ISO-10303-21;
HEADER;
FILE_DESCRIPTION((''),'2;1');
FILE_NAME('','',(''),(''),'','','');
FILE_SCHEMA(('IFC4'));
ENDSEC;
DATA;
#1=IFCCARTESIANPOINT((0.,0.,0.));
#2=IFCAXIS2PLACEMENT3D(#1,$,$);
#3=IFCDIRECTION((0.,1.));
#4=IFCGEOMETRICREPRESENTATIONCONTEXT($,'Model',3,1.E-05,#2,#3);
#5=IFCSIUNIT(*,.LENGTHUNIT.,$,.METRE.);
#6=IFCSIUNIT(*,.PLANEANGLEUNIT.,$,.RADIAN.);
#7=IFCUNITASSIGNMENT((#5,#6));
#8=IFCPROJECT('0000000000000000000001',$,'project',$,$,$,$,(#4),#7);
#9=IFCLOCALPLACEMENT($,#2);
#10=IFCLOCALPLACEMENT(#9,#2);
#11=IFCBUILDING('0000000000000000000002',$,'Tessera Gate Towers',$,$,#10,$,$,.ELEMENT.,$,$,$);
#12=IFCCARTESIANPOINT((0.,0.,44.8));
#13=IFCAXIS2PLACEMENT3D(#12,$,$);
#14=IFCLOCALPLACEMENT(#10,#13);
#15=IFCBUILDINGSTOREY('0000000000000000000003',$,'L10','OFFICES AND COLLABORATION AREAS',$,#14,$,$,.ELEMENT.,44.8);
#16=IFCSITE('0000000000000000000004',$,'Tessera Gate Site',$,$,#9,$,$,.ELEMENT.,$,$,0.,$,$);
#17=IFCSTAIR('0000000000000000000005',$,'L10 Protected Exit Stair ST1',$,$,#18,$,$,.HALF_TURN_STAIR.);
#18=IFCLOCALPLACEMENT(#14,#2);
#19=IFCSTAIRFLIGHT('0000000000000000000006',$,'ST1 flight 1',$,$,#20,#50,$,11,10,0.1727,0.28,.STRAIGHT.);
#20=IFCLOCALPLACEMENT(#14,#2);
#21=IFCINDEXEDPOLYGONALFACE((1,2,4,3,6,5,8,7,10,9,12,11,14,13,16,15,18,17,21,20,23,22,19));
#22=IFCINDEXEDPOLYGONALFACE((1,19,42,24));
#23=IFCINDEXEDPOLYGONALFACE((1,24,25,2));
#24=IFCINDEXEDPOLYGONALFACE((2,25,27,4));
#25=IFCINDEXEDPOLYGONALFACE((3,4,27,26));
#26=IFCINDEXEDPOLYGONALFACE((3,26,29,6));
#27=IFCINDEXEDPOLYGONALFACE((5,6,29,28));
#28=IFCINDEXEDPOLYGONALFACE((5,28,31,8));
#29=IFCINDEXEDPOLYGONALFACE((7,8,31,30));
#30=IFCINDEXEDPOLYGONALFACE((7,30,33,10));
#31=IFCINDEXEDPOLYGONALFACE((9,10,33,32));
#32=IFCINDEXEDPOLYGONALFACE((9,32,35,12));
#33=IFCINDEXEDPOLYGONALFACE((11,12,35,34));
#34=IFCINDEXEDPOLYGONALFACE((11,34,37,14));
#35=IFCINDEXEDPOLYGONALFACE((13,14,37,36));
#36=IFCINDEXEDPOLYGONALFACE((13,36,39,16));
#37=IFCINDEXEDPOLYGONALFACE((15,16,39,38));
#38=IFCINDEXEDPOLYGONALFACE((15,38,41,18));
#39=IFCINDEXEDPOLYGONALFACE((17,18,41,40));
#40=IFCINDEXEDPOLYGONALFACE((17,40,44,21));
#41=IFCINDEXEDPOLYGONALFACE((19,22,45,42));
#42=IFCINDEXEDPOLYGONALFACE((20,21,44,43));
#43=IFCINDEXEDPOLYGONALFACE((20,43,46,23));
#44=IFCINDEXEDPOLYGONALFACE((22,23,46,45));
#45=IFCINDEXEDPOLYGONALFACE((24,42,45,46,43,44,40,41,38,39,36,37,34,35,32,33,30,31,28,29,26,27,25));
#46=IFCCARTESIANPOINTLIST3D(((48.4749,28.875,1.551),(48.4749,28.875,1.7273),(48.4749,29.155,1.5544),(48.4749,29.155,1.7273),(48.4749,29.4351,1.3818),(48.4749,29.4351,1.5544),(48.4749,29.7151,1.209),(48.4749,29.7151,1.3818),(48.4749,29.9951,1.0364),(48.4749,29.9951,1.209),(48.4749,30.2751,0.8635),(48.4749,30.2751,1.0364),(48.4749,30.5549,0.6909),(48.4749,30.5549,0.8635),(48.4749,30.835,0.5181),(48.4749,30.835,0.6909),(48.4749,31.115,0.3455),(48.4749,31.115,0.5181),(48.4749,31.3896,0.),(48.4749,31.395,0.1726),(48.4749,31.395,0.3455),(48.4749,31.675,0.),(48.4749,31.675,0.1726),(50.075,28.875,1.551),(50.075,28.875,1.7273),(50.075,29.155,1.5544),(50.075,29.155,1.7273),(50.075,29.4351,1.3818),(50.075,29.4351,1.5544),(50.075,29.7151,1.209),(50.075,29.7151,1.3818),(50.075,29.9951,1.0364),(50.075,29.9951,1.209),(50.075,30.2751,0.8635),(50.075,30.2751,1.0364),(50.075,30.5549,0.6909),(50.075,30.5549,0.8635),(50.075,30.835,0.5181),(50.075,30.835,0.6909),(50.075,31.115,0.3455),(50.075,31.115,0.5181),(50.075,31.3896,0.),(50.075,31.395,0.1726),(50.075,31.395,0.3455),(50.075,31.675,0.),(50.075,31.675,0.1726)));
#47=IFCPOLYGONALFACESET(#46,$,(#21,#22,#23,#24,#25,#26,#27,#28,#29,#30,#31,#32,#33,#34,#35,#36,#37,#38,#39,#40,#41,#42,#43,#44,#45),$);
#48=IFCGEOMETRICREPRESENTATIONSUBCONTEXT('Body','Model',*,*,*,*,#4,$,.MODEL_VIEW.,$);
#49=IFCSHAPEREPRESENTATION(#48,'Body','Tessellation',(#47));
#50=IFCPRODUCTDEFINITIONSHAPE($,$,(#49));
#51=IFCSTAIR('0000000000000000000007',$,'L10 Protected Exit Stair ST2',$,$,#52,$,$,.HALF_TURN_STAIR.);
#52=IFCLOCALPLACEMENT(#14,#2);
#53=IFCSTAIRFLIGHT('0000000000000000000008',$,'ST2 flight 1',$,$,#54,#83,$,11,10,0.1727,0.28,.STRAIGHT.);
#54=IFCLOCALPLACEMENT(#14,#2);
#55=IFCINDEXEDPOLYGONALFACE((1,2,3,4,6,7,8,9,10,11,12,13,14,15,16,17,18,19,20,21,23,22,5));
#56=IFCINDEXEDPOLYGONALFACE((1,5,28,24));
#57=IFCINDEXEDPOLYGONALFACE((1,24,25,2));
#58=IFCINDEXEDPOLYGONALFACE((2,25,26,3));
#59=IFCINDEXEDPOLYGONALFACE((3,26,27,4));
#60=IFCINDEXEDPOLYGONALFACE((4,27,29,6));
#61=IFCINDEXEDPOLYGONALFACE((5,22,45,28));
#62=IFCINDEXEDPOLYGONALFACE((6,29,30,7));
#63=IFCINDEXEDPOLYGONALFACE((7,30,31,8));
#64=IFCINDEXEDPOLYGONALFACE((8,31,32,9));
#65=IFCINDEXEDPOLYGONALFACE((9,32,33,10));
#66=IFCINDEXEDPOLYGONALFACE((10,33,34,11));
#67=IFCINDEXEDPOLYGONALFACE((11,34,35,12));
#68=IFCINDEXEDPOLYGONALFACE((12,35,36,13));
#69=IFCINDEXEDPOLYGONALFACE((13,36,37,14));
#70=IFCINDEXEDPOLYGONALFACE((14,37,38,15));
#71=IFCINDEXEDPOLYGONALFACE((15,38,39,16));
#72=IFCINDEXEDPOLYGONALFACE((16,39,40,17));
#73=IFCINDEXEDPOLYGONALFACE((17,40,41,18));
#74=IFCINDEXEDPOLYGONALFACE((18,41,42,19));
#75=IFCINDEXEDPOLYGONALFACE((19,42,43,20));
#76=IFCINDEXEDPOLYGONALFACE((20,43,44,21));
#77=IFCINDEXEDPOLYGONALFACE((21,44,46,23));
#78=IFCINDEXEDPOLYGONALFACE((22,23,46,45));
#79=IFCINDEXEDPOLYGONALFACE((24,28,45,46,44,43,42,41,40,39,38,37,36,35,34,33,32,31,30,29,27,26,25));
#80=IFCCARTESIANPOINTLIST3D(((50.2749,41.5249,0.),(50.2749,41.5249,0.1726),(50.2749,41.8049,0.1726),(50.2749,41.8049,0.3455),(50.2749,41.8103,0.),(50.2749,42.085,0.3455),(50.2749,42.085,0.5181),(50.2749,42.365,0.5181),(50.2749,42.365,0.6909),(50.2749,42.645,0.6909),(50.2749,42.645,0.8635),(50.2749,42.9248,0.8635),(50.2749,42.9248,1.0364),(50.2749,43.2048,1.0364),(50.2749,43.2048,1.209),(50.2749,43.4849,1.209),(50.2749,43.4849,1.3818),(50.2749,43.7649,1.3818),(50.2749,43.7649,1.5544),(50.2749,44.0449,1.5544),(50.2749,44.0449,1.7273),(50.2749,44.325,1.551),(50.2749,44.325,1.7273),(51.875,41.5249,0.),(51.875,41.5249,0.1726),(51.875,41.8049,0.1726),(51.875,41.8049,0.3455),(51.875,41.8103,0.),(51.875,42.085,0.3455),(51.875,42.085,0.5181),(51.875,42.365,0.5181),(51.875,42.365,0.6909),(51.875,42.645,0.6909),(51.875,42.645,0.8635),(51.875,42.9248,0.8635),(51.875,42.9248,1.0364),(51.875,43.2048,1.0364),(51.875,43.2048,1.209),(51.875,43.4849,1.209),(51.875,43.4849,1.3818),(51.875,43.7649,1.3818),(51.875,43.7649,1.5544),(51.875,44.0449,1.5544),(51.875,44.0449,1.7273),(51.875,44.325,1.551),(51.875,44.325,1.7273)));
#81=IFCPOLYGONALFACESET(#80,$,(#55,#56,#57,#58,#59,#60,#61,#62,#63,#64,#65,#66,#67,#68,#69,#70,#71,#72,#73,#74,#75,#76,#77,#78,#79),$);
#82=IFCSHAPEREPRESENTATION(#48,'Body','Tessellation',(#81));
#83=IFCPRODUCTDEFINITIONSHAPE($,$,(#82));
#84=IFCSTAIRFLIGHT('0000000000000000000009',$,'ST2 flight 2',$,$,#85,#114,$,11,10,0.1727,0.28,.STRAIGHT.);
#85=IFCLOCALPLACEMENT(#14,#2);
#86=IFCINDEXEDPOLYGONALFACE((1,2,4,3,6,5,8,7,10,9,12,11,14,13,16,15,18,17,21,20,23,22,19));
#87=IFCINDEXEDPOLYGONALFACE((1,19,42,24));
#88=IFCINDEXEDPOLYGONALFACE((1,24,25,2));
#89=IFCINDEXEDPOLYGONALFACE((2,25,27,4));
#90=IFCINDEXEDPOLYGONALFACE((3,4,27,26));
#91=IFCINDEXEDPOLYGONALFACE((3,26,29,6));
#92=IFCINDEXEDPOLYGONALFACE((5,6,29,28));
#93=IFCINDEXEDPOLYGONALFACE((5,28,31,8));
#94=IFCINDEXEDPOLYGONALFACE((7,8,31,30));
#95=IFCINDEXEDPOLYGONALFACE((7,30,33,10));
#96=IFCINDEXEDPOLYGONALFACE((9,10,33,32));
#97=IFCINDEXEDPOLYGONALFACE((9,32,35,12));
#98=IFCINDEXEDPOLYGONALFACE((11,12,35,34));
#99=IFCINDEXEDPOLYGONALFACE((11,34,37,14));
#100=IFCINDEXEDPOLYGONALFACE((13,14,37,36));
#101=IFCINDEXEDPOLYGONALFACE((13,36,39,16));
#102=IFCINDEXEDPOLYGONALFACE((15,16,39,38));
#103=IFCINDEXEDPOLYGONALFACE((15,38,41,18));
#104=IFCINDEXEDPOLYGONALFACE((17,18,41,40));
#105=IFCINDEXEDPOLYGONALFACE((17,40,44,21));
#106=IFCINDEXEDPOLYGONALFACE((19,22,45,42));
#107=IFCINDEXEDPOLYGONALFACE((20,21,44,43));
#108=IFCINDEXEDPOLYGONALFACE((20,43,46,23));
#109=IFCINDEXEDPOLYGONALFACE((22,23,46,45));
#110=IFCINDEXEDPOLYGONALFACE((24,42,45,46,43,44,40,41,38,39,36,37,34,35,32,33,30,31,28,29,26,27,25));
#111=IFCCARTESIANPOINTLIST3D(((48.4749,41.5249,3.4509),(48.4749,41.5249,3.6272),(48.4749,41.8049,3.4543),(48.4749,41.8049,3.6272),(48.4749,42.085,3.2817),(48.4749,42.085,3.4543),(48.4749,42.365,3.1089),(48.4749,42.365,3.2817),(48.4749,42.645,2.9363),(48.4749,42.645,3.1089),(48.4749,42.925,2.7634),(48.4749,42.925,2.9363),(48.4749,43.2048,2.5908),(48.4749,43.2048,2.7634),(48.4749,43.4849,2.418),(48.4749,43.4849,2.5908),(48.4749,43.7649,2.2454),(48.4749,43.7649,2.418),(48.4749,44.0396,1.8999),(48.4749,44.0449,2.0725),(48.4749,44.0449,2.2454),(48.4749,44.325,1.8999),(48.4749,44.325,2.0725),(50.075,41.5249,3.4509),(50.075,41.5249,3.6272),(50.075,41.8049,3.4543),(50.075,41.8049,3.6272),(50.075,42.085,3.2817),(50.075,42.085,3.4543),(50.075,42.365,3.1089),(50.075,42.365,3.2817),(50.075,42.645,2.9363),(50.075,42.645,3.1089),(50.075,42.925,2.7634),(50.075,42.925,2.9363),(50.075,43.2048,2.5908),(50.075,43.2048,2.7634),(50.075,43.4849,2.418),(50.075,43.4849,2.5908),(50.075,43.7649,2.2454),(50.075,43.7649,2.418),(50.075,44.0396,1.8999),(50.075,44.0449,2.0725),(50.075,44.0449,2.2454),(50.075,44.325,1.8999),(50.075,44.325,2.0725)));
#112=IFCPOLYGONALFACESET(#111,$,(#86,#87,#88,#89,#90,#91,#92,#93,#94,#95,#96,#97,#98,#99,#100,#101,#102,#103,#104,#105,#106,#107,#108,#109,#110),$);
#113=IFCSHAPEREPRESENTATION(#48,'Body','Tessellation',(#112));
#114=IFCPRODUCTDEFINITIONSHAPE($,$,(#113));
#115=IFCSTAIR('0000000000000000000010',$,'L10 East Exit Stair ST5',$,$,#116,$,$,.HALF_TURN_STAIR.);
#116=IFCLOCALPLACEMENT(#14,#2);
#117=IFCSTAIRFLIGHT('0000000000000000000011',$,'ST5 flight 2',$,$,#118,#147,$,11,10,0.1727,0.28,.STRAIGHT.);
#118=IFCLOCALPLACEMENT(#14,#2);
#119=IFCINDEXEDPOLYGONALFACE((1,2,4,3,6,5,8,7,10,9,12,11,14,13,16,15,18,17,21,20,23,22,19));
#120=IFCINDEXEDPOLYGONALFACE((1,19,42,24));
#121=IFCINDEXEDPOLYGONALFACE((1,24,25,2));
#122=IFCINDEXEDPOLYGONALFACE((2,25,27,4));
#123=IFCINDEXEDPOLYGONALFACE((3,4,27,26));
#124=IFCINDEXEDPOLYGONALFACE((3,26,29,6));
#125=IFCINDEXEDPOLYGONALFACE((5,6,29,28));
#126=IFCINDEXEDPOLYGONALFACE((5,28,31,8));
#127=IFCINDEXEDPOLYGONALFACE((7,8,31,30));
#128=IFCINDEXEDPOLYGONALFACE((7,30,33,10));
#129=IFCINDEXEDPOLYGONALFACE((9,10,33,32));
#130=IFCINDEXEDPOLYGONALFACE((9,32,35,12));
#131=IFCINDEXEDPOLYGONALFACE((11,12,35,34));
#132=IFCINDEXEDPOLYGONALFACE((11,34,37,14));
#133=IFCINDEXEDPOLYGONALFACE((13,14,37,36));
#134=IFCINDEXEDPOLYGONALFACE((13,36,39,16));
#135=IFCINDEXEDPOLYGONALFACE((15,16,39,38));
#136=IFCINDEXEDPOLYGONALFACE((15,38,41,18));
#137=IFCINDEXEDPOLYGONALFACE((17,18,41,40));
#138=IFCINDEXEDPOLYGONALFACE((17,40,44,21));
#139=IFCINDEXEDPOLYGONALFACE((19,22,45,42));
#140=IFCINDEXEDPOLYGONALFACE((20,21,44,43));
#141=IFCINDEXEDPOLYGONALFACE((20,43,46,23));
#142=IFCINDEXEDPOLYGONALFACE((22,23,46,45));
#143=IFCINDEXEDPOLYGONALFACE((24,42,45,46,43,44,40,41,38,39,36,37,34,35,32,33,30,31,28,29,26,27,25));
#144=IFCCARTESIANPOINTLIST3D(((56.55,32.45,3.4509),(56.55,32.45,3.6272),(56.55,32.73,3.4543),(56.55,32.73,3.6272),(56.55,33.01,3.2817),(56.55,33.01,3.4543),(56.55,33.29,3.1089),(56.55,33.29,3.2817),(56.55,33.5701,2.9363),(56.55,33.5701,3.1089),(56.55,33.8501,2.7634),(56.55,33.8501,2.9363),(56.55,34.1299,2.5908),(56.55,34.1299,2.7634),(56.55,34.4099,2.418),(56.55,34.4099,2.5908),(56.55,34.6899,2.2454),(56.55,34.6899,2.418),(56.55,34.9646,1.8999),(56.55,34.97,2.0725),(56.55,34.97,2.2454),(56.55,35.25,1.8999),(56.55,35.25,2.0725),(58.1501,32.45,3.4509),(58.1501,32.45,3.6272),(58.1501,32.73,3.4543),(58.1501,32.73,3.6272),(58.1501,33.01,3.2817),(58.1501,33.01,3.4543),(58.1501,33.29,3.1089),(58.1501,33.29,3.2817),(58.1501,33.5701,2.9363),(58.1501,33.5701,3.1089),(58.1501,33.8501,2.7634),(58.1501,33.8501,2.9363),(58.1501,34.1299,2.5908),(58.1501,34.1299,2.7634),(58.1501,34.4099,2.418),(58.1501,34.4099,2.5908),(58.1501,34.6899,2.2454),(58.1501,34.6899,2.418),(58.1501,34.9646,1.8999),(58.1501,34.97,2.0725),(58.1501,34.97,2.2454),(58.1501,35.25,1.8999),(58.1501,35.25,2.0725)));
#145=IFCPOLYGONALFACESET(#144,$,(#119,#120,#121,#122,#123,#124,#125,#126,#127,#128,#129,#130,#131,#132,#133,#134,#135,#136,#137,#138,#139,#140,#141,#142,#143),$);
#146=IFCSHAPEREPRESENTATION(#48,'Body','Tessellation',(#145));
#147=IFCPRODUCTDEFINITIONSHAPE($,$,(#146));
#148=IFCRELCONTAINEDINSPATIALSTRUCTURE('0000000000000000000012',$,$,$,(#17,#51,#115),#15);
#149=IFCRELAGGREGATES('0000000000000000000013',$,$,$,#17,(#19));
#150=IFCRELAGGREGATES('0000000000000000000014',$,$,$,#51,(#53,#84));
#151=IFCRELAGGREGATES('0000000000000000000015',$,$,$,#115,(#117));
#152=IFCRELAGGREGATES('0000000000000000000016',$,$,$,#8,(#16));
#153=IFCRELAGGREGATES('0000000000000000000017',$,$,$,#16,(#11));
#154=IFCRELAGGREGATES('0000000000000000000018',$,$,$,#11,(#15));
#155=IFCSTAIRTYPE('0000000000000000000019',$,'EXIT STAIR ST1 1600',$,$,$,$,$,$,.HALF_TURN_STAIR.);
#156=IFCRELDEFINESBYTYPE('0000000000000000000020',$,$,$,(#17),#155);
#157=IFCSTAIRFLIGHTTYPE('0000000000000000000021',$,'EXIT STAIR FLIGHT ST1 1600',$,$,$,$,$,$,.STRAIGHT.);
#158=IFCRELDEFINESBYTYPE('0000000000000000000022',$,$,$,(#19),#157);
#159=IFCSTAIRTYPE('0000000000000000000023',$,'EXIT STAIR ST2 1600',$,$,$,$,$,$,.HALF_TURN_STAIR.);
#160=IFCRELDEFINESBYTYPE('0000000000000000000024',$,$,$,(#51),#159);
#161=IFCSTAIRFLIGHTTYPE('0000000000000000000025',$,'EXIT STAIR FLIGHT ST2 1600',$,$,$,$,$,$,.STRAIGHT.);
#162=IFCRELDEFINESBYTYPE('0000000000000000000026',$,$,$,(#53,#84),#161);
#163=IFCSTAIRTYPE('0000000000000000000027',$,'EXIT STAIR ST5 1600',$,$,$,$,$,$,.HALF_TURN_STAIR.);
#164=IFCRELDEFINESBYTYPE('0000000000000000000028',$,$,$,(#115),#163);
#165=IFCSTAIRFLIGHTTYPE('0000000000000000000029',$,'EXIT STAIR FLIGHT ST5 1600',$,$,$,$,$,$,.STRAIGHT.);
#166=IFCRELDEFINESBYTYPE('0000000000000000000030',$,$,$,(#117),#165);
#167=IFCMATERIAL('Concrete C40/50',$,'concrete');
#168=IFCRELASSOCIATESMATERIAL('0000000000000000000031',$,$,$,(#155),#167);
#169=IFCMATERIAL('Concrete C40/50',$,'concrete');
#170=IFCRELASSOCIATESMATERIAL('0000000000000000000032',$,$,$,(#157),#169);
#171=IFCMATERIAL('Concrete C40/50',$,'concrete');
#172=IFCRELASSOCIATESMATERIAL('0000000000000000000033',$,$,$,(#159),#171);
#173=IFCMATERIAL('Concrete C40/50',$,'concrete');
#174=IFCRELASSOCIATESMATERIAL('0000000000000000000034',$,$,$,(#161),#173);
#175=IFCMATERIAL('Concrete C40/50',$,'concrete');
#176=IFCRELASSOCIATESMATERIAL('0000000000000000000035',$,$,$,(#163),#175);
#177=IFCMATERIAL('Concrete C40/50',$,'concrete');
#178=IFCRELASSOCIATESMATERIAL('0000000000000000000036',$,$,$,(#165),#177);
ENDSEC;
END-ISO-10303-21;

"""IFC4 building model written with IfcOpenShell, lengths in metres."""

from ifc_helpers import new_model, si_unit, direction, frame, origin, place, context, subcontext, project, spatial, polyline, outline, extrude, material, type_object, element, aggregate, save


model = new_model("IFC4")

# Units and contexts
model_context = context("Model", 3, precision=1e-05, world=origin(), true_north=direction((0.0, 1.0)))
body_context = subcontext(model_context, "Body", "Model", "MODEL_VIEW")
ifc_project = project(units=[si_unit("LENGTHUNIT", "METRE"), si_unit("PLANEANGLEUNIT", "RADIAN")], contexts=[model_context])

# Site, building, storey
site_placement = place(None, origin())
site = spatial("IfcSite", under=ifc_project, at=site_placement, Name="Tessera Gate Site", CompositionType="ELEMENT", RefElevation=0.0)
building_placement = place(site_placement, origin())
building = spatial("IfcBuilding", under=site, at=building_placement, Name="Tessera Gate Towers", CompositionType="ELEMENT")
storey_placement = place(building_placement, frame((0.0, 0.0, 44.8)))
storey = spatial("IfcBuildingStorey", under=building, at=storey_placement, Name="L10", Description="OFFICES AND COLLABORATION AREAS", CompositionType="ELEMENT", Elevation=44.8)

# Stair, stair flight
ifc_material_1 = material(Name="Concrete C40/50", Category="concrete")
stair_type_1 = type_object("IfcStairType", Name="EXIT STAIR ST1 1600", PredefinedType="HALF_TURN_STAIR", material=ifc_material_1)
stair_1_placement = place(storey_placement, origin())
stair_1 = element("IfcStair", 1, at=stair_1_placement, inside=storey, type_object=stair_type_1, Name="L10 Protected Exit Stair ST1", PredefinedType="HALF_TURN_STAIR")
ifc_material_2 = material(Name="Concrete C40/50", Category="concrete")
stair_flight_type_1 = type_object("IfcStairFlightType", Name="EXIT STAIR FLIGHT ST1 1600", PredefinedType="STRAIGHT", material=ifc_material_2)
stair_flight_1_placement = place(storey_placement, frame((49.2749, 31.675, 0.0), z_axis=(0.0, 0.0, 1.0), x_axis=(0.0, -1.0, 0.0)))
stair_flight_1 = element("IfcStairFlight", 2, at=stair_flight_1_placement, type_object=stair_flight_type_1, Name="ST1 flight 1", NumberOfRisers=11, NumberOfTreads=10, PredefinedType="STRAIGHT", RiserHeight=0.1727, TreadLength=0.28, context=body_context, shape_type="SweptSolid", body=[
    extrude(outline(polyline([(0.0, 0.0), (0.0, 0.1726), (0.28, 0.1726), (0.28, 0.3455), (0.5601, 0.3455), (0.5601, 0.5181), (0.8401, 0.5181), (0.8401, 0.6909), (1.1201, 0.6909), (1.1201, 0.8635), (1.3999, 0.8635), (1.3999, 1.0364), (1.6799, 1.0364), (1.6799, 1.209), (1.96, 1.209), (1.96, 1.3818), (2.24, 1.3818), (2.24, 1.5544), (2.52, 1.5544), (2.52, 1.7273), (2.8, 1.7273), (2.8, 1.8999), (2.8, 1.551), (0.2854, 0.0), (0.0, 0.0)])), frame((0.0, 0.8, 0.0), z_axis=(0.0, -1.0, 0.0), x_axis=(1.0, 0.0, 0.0)), (0.0, 0.0, 1.0), 1.6001),
])
aggregate(stair_1, [stair_flight_1])

# Stair, stair flights
ifc_material_3 = material(Name="Concrete C40/50", Category="concrete")
stair_type_2 = type_object("IfcStairType", Name="EXIT STAIR ST2 1600", PredefinedType="HALF_TURN_STAIR", material=ifc_material_3)
stair_2_placement = place(storey_placement, origin())
stair_2 = element("IfcStair", 3, at=stair_2_placement, inside=storey, type_object=stair_type_2, Name="L10 Protected Exit Stair ST2", PredefinedType="HALF_TURN_STAIR")
ifc_material_4 = material(Name="Concrete C40/50", Category="concrete")
stair_flight_type_2 = type_object("IfcStairFlightType", Name="EXIT STAIR FLIGHT ST2 1600", PredefinedType="STRAIGHT", material=ifc_material_4)
stair_flight_2_placement = place(storey_placement, frame((51.075, 41.5249, 0.0), z_axis=(0.0, 0.0, 1.0), x_axis=(0.0, 1.0, 0.0)))
stair_flight_2 = element("IfcStairFlight", 4, at=stair_flight_2_placement, type_object=stair_flight_type_2, Name="ST2 flight 1", NumberOfRisers=11, NumberOfTreads=10, PredefinedType="STRAIGHT", RiserHeight=0.1727, TreadLength=0.28, context=body_context, shape_type="SweptSolid", body=[
    extrude(outline(polyline([(0.0, 0.0), (0.0, 0.1726), (0.28, 0.1726), (0.28, 0.3455), (0.5601, 0.3455), (0.5601, 0.5181), (0.8401, 0.5181), (0.8401, 0.6909), (1.1201, 0.6909), (1.1201, 0.8635), (1.3999, 0.8635), (1.3999, 1.0364), (1.6799, 1.0364), (1.6799, 1.209), (1.96, 1.209), (1.96, 1.3818), (2.24, 1.3818), (2.24, 1.5544), (2.52, 1.5544), (2.52, 1.7273), (2.8, 1.7273), (2.8, 1.8999), (2.8, 1.551), (0.2854, 0.0), (0.0, 0.0)])), frame((0.0, 0.8, 0.0), z_axis=(0.0, -1.0, 0.0), x_axis=(1.0, 0.0, 0.0)), (0.0, 0.0, 1.0), 1.6001),
])
stair_flight_3_placement = place(storey_placement, frame((49.2749, 44.325, 1.8999), z_axis=(0.0, 0.0, 1.0), x_axis=(0.0, -1.0, 0.0)))
stair_flight_3 = element("IfcStairFlight", 5, at=stair_flight_3_placement, type_object=stair_flight_type_2, Name="ST2 flight 2", NumberOfRisers=11, NumberOfTreads=10, PredefinedType="STRAIGHT", RiserHeight=0.1727, TreadLength=0.28, context=body_context, shape_type="SweptSolid", body=[
    extrude(outline(polyline([(0.0, 0.0), (0.0, 0.1726), (0.28, 0.1726), (0.28, 0.3455), (0.5601, 0.3455), (0.5601, 0.5181), (0.8401, 0.5181), (0.8401, 0.6909), (1.1201, 0.6909), (1.1201, 0.8635), (1.3999, 0.8635), (1.3999, 1.0364), (1.6799, 1.0364), (1.6799, 1.209), (1.96, 1.209), (1.96, 1.3818), (2.24, 1.3818), (2.24, 1.5544), (2.52, 1.5544), (2.52, 1.7273), (2.8, 1.7273), (2.8, 1.8999), (2.8, 1.551), (0.2854, 0.0), (0.0, 0.0)])), frame((0.0, 0.8, 0.0), z_axis=(0.0, -1.0, 0.0), x_axis=(1.0, 0.0, 0.0)), (0.0, 0.0, 1.0), 1.6001),
])
aggregate(stair_2, [stair_flight_2, stair_flight_3])

# Stair, stair flight
ifc_material_5 = material(Name="Concrete C40/50", Category="concrete")
stair_type_3 = type_object("IfcStairType", Name="EXIT STAIR ST5 1600", PredefinedType="HALF_TURN_STAIR", material=ifc_material_5)
stair_3_placement = place(storey_placement, origin())
stair_3 = element("IfcStair", 6, at=stair_3_placement, inside=storey, type_object=stair_type_3, Name="L10 East Exit Stair ST5", PredefinedType="HALF_TURN_STAIR")
ifc_material_6 = material(Name="Concrete C40/50", Category="concrete")
stair_flight_type_3 = type_object("IfcStairFlightType", Name="EXIT STAIR FLIGHT ST5 1600", PredefinedType="STRAIGHT", material=ifc_material_6)
stair_flight_4_placement = place(storey_placement, frame((57.3501, 35.25, 1.8999), z_axis=(0.0, 0.0, 1.0), x_axis=(0.0, -1.0, 0.0)))
stair_flight_4 = element("IfcStairFlight", 7, at=stair_flight_4_placement, type_object=stair_flight_type_3, Name="ST5 flight 2", NumberOfRisers=11, NumberOfTreads=10, PredefinedType="STRAIGHT", RiserHeight=0.1727, TreadLength=0.28, context=body_context, shape_type="SweptSolid", body=[
    extrude(outline(polyline([(0.0, 0.0), (0.0, 0.1726), (0.28, 0.1726), (0.28, 0.3455), (0.5601, 0.3455), (0.5601, 0.5181), (0.8401, 0.5181), (0.8401, 0.6909), (1.1201, 0.6909), (1.1201, 0.8635), (1.3999, 0.8635), (1.3999, 1.0364), (1.6799, 1.0364), (1.6799, 1.209), (1.96, 1.209), (1.96, 1.3818), (2.24, 1.3818), (2.24, 1.5544), (2.52, 1.5544), (2.52, 1.7273), (2.8, 1.7273), (2.8, 1.8999), (2.8, 1.551), (0.2854, 0.0), (0.0, 0.0)])), frame((0.0, 0.8, 0.0), z_axis=(0.0, -1.0, 0.0), x_axis=(1.0, 0.0, 0.0)), (0.0, 0.0, 1.0), 1.6001),
])
aggregate(stair_3, [stair_flight_4])

save(model, "model.ifc")
